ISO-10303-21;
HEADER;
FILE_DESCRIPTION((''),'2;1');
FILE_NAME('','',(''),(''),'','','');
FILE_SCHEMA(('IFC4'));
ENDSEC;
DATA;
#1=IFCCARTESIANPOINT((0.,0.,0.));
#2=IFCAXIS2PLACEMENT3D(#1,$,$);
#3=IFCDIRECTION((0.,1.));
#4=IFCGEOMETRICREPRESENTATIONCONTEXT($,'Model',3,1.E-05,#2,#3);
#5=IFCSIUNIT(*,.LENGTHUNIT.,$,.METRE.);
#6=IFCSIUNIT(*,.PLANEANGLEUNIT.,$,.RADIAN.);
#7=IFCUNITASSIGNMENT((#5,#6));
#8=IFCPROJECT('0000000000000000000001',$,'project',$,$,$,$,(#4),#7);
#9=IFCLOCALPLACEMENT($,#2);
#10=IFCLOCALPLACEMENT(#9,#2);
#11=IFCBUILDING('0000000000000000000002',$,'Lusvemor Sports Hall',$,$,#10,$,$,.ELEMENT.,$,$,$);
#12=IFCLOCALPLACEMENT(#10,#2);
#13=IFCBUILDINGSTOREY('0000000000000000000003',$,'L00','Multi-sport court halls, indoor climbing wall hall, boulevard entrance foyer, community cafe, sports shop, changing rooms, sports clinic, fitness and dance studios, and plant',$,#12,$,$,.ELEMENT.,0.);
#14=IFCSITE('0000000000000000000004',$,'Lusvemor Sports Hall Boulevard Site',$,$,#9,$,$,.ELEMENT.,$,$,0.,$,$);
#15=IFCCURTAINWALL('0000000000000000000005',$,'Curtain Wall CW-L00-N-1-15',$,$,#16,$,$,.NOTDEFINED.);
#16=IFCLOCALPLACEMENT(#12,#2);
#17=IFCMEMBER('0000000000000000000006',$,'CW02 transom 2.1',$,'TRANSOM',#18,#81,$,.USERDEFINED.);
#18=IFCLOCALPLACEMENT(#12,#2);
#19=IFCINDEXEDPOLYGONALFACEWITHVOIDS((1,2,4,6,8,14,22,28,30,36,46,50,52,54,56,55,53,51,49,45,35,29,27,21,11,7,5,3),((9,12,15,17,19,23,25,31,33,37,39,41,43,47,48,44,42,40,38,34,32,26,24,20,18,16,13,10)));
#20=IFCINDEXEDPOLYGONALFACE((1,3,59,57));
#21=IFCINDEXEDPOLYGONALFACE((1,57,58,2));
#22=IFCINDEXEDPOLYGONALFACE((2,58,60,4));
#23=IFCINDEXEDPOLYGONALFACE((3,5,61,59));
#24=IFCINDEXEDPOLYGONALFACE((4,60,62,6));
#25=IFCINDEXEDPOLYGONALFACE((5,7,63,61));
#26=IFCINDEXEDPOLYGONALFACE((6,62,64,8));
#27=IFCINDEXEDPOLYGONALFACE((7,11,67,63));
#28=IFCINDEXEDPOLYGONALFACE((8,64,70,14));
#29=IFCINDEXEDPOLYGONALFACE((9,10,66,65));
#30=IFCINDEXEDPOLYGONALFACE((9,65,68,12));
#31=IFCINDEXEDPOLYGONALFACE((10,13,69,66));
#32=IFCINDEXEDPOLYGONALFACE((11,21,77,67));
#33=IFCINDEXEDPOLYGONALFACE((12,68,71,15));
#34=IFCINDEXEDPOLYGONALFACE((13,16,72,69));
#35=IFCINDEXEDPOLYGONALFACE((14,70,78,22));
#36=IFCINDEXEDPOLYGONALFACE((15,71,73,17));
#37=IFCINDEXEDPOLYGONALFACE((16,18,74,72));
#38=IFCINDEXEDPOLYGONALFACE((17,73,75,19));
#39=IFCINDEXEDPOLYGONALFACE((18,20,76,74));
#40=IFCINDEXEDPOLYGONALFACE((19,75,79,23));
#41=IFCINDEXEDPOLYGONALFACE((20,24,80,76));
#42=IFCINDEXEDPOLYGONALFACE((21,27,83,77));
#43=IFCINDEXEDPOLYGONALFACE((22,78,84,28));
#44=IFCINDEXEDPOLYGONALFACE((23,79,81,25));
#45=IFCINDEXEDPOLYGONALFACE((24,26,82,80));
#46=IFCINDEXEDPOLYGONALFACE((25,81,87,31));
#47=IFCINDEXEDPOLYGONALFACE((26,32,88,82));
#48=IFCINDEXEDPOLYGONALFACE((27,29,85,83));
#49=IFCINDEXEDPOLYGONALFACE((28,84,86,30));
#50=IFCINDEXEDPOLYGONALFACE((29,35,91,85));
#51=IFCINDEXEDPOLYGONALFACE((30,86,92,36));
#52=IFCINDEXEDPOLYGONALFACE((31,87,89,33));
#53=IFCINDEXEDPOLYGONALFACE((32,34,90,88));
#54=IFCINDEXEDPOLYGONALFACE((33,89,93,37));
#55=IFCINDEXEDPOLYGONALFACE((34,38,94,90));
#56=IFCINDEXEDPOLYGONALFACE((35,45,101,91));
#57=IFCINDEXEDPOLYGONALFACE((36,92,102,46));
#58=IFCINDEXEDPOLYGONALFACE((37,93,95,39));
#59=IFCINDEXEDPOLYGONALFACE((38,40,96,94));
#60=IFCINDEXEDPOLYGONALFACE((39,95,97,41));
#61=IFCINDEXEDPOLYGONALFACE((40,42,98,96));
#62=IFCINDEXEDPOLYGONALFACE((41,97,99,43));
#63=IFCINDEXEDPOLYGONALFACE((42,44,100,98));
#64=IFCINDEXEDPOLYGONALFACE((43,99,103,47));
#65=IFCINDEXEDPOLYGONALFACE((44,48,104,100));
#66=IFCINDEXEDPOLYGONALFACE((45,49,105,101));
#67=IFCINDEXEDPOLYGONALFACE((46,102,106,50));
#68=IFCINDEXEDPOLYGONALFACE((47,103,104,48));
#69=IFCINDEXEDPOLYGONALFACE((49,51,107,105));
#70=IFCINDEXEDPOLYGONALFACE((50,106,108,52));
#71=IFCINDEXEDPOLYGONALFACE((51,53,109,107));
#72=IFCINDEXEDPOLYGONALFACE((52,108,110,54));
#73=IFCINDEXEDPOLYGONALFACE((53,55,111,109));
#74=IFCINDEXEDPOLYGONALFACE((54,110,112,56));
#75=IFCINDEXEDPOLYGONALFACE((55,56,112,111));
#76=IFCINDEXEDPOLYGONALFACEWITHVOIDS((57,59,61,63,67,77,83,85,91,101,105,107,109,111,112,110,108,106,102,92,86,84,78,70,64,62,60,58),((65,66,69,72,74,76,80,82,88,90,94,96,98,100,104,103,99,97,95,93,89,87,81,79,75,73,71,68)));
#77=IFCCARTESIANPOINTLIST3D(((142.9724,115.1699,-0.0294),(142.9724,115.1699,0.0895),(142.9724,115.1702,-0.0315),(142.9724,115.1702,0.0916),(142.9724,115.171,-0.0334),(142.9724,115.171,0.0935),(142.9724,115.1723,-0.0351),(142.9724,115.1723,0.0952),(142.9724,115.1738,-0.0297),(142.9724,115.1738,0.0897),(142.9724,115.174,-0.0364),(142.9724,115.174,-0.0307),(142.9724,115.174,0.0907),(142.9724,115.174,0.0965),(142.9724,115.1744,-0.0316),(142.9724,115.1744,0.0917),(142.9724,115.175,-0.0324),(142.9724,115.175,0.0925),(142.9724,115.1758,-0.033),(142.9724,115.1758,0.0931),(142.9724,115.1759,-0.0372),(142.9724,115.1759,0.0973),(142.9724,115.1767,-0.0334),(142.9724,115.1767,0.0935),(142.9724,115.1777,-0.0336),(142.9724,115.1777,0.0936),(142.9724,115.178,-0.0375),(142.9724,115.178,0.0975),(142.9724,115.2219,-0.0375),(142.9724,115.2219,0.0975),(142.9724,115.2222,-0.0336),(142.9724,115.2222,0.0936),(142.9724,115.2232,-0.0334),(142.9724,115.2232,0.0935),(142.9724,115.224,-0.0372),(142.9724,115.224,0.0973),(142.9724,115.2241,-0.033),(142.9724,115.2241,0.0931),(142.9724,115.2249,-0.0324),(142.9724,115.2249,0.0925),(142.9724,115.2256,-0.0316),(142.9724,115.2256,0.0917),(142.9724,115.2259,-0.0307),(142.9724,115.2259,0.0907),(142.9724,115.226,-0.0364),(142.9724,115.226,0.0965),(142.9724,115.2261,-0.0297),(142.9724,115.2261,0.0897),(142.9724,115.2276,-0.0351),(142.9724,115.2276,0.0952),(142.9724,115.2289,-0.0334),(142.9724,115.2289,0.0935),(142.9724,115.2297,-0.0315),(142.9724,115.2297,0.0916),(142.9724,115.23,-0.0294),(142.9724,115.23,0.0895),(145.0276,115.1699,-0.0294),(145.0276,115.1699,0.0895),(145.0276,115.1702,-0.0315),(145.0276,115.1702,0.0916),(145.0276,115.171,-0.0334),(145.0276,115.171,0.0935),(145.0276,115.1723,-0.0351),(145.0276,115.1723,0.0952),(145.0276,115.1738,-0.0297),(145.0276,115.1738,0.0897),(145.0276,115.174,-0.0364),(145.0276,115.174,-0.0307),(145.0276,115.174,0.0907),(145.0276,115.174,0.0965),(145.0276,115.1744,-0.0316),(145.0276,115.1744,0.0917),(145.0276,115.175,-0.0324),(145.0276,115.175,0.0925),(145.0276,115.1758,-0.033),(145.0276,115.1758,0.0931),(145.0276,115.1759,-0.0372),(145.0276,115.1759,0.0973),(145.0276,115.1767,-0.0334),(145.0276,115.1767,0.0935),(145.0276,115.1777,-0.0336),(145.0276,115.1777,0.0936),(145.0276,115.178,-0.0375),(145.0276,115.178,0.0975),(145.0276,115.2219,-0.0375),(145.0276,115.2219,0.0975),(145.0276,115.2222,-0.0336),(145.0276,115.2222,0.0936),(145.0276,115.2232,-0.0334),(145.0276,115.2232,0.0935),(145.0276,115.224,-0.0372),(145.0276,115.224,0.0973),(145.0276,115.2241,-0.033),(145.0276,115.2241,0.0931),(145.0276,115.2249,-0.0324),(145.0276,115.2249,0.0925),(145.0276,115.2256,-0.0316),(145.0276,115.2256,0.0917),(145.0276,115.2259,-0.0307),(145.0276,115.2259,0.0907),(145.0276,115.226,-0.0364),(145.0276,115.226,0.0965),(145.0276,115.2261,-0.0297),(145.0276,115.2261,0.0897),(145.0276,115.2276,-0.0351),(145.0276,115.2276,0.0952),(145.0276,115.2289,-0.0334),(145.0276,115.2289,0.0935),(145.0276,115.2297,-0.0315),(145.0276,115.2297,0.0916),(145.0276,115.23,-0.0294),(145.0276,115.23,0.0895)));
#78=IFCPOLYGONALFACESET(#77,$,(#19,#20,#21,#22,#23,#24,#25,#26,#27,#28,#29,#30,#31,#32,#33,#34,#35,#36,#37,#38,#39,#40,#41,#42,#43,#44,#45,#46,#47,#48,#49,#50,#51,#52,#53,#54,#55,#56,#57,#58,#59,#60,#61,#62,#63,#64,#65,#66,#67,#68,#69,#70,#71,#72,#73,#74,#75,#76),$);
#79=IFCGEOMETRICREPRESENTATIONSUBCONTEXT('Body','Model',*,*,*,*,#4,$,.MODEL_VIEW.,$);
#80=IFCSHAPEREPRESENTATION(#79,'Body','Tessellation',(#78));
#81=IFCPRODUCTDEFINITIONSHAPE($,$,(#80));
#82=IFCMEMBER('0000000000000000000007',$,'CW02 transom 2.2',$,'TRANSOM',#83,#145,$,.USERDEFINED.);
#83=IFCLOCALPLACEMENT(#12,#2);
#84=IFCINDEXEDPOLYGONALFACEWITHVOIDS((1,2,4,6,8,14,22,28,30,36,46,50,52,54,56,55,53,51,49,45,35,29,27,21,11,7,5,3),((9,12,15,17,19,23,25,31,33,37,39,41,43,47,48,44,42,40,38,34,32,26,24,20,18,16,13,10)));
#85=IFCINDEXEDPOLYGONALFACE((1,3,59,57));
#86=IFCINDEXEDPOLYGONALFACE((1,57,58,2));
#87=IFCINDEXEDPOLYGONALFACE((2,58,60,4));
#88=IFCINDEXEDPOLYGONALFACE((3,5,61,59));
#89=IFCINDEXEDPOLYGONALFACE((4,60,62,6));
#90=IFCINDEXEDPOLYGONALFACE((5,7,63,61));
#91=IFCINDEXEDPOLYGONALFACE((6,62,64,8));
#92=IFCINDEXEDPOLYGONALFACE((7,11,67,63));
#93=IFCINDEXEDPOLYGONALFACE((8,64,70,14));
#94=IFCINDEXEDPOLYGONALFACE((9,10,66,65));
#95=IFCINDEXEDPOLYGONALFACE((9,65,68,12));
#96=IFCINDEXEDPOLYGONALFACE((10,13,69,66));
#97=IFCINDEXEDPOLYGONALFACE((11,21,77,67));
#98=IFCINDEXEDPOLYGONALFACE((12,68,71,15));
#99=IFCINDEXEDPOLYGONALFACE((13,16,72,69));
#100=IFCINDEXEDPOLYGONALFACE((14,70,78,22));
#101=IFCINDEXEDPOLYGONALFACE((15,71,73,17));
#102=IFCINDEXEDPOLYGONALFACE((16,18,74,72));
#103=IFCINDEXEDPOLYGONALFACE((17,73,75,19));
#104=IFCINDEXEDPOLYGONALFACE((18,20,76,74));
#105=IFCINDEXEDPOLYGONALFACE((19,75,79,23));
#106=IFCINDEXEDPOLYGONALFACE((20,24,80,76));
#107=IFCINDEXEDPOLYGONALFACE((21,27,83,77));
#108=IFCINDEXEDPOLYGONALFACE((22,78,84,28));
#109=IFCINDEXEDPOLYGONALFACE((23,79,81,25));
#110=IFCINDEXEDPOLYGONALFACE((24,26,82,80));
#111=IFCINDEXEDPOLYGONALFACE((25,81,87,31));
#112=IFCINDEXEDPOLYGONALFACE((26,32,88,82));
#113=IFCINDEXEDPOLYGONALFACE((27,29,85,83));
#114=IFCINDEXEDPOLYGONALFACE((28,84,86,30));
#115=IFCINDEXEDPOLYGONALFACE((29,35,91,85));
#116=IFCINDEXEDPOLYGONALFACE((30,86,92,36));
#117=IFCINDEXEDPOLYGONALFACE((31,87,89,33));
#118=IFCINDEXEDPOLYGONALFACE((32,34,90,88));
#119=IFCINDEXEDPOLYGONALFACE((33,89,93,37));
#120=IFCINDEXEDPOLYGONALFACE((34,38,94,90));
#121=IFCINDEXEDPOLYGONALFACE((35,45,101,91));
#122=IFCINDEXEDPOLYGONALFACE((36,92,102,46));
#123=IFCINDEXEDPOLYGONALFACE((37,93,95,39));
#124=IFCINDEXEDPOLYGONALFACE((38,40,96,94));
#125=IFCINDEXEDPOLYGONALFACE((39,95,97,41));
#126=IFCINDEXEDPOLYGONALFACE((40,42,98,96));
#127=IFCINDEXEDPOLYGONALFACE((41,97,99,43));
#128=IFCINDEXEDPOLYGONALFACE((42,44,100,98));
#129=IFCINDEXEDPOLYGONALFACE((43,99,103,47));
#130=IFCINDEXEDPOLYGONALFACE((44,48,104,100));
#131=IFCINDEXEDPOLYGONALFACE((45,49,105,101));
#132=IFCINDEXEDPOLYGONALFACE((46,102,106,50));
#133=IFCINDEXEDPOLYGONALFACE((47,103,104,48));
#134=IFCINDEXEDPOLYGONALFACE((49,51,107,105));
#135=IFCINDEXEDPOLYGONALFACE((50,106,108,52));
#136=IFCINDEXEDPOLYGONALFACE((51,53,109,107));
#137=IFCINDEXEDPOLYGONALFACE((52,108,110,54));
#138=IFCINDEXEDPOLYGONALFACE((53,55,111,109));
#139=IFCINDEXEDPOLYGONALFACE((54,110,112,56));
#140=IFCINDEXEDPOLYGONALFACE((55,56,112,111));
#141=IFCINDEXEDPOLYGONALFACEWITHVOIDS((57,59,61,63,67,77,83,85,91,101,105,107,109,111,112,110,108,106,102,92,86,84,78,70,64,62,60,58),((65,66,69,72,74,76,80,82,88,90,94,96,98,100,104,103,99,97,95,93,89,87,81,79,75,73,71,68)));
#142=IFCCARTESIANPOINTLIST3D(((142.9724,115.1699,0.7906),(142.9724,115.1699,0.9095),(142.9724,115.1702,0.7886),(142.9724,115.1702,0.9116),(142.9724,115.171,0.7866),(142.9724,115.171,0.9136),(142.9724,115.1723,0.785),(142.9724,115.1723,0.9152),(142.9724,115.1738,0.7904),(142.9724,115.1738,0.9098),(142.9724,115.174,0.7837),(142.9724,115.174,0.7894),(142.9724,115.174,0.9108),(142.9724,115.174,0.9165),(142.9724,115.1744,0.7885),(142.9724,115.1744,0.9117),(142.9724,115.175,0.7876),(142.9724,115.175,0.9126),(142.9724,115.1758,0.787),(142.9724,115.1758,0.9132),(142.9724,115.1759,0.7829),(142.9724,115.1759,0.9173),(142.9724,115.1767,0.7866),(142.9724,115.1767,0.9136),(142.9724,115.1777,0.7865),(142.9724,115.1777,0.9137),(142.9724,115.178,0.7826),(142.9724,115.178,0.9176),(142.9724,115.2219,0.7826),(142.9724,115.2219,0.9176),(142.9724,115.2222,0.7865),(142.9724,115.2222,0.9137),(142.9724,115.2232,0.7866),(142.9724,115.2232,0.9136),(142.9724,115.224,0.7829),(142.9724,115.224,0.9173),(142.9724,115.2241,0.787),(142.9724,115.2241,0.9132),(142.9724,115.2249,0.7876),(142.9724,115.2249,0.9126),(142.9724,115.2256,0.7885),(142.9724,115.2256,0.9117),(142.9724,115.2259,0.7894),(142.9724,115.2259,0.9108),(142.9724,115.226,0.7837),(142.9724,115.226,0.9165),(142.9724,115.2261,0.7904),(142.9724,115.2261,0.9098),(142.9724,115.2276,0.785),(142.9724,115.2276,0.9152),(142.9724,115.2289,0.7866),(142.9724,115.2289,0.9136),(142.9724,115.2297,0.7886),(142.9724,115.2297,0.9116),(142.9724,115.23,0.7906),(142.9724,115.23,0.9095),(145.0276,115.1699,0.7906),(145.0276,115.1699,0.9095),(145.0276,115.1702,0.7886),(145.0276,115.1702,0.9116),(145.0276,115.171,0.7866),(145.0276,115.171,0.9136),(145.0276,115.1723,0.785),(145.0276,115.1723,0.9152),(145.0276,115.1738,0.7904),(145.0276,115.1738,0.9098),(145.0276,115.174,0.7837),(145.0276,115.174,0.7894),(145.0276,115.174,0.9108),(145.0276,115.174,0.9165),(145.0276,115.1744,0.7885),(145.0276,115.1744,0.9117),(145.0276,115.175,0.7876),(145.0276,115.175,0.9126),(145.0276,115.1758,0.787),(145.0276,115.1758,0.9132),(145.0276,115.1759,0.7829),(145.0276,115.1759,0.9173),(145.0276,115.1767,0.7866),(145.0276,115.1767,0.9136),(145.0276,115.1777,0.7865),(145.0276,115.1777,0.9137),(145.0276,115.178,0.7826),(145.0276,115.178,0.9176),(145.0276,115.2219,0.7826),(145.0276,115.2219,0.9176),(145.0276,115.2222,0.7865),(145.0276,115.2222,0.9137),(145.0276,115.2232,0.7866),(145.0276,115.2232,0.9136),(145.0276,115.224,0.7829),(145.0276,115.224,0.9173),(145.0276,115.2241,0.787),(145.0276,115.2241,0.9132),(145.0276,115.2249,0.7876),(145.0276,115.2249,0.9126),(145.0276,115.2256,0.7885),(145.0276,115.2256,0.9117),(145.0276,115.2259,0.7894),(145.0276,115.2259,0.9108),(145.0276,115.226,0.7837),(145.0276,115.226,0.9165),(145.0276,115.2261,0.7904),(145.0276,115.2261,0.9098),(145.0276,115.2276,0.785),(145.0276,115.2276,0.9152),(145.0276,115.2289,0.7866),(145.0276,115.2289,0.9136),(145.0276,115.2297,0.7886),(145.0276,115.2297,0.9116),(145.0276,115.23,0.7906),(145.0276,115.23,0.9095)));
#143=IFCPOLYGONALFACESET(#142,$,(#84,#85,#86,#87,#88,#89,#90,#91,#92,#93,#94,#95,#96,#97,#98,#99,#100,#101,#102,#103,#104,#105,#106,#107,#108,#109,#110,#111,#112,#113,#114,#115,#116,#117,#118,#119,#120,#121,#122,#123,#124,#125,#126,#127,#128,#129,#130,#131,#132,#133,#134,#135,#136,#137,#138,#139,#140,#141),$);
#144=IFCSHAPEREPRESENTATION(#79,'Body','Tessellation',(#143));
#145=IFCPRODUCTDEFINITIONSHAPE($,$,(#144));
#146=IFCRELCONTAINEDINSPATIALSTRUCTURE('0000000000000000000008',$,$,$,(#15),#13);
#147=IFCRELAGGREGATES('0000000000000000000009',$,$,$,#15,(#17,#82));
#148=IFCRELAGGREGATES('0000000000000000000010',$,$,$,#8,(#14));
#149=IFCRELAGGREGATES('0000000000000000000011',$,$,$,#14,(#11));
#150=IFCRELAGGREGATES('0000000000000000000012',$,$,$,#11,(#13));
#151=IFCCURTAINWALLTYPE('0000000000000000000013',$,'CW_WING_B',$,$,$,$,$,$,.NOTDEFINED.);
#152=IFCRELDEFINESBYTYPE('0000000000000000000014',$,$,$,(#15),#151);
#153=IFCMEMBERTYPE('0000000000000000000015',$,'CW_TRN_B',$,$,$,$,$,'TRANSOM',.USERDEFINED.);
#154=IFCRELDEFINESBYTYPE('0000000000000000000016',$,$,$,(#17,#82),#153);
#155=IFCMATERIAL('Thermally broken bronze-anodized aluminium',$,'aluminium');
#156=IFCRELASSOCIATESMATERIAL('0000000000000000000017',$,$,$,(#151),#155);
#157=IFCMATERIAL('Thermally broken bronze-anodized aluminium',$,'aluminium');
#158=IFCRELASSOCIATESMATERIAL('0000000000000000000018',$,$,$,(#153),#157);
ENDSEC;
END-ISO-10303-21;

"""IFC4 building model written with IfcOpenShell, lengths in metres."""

from ifc_helpers import new_model, si_unit, direction, frame, origin, origin_2d, place, context, subcontext, project, spatial, hollow_rectangle, extrude, material, material_profile, profile_set, type_object, element, aggregate, save


model = new_model("IFC4")

# Units and contexts
model_context = context("Model", 3, precision=1e-05, world=origin(), true_north=direction((0.0, 1.0)))
body_context = subcontext(model_context, "Body", "Model", "MODEL_VIEW")
ifc_project = project(units=[si_unit("LENGTHUNIT", "METRE"), si_unit("PLANEANGLEUNIT", "RADIAN")], contexts=[model_context])

# Site, building, storey
site_placement = place(None, origin())
site = spatial("IfcSite", under=ifc_project, at=site_placement, Name="Lusvemor Sports Hall Boulevard Site", CompositionType="ELEMENT", RefElevation=0.0)
building_placement = place(site_placement, origin())
building = spatial("IfcBuilding", under=site, at=building_placement, Name="Lusvemor Sports Hall", CompositionType="ELEMENT")
storey_placement = place(building_placement, origin())
storey = spatial("IfcBuildingStorey", under=building, at=storey_placement, Name="L00", Description="Multi-sport court halls, indoor climbing wall hall, boulevard entrance foyer, community cafe, sports shop, changing rooms, sports clinic, fitness and dance studios, and plant", CompositionType="ELEMENT", Elevation=0.0)

# Curtain wall, members
ifc_material_1 = material(Name="Thermally broken bronze-anodized aluminium", Category="aluminium")
curtain_wall_type = type_object("IfcCurtainWallType", Name="CW_WING_B", PredefinedType="NOTDEFINED", material=ifc_material_1)
curtain_wall_placement = place(storey_placement, origin())
curtain_wall = element("IfcCurtainWall", 1, at=curtain_wall_placement, inside=storey, type_object=curtain_wall_type, Name="Curtain Wall CW-L00-N-1-15", PredefinedType="NOTDEFINED")
ifc_material_2 = material(Name="Thermally broken bronze-anodized aluminium", Category="aluminium")
ifc_material_profile_1 = material_profile(ifc_material_2, hollow_rectangle(XDim=0.0601, YDim=0.135, WallThickness=0.0039, InnerFilletRadius=0.0039, OuterFilletRadius=0.0081, at=origin_2d()), Name="CWTRN135x60x4")
ifc_profile_set_1 = profile_set([ifc_material_profile_1], Name="Thermally broken bronze-anodized aluminium")
member_type_1 = type_object("IfcMemberType", Name="CW_TRN_B", ElementType="TRANSOM", PredefinedType="USERDEFINED", material=ifc_profile_set_1)
member_1_placement = place(storey_placement, frame((142.9724, 115.2, 0.03), z_axis=(1.0, 0.0, 0.0), x_axis=(0.0, 1.0, 0.0)))
member_1 = element("IfcMember", 2, at=member_1_placement, type_object=member_type_1, Name="CW02 transom 2.1", ObjectType="TRANSOM", PredefinedType="USERDEFINED", context=body_context, shape_type="SweptSolid", body=[
    extrude(hollow_rectangle(XDim=0.0601, YDim=0.135, WallThickness=0.0039, InnerFilletRadius=0.0039, OuterFilletRadius=0.0081, at=origin_2d()), origin(), (0.0, 0.0, 1.0), 2.0552),
])
member_2_placement = place(storey_placement, frame((142.9724, 115.2, 0.8501), z_axis=(1.0, 0.0, 0.0), x_axis=(0.0, 1.0, 0.0)))
member_2 = element("IfcMember", 3, at=member_2_placement, type_object=member_type_1, Name="CW02 transom 2.2", ObjectType="TRANSOM", PredefinedType="USERDEFINED", context=body_context, shape_type="SweptSolid", body=[
    extrude(hollow_rectangle(XDim=0.0601, YDim=0.135, WallThickness=0.0039, InnerFilletRadius=0.0039, OuterFilletRadius=0.0081, at=origin_2d()), origin(), (0.0, 0.0, 1.0), 2.0552),
])
aggregate(curtain_wall, [member_1, member_2])

save(model, "model.ifc")
